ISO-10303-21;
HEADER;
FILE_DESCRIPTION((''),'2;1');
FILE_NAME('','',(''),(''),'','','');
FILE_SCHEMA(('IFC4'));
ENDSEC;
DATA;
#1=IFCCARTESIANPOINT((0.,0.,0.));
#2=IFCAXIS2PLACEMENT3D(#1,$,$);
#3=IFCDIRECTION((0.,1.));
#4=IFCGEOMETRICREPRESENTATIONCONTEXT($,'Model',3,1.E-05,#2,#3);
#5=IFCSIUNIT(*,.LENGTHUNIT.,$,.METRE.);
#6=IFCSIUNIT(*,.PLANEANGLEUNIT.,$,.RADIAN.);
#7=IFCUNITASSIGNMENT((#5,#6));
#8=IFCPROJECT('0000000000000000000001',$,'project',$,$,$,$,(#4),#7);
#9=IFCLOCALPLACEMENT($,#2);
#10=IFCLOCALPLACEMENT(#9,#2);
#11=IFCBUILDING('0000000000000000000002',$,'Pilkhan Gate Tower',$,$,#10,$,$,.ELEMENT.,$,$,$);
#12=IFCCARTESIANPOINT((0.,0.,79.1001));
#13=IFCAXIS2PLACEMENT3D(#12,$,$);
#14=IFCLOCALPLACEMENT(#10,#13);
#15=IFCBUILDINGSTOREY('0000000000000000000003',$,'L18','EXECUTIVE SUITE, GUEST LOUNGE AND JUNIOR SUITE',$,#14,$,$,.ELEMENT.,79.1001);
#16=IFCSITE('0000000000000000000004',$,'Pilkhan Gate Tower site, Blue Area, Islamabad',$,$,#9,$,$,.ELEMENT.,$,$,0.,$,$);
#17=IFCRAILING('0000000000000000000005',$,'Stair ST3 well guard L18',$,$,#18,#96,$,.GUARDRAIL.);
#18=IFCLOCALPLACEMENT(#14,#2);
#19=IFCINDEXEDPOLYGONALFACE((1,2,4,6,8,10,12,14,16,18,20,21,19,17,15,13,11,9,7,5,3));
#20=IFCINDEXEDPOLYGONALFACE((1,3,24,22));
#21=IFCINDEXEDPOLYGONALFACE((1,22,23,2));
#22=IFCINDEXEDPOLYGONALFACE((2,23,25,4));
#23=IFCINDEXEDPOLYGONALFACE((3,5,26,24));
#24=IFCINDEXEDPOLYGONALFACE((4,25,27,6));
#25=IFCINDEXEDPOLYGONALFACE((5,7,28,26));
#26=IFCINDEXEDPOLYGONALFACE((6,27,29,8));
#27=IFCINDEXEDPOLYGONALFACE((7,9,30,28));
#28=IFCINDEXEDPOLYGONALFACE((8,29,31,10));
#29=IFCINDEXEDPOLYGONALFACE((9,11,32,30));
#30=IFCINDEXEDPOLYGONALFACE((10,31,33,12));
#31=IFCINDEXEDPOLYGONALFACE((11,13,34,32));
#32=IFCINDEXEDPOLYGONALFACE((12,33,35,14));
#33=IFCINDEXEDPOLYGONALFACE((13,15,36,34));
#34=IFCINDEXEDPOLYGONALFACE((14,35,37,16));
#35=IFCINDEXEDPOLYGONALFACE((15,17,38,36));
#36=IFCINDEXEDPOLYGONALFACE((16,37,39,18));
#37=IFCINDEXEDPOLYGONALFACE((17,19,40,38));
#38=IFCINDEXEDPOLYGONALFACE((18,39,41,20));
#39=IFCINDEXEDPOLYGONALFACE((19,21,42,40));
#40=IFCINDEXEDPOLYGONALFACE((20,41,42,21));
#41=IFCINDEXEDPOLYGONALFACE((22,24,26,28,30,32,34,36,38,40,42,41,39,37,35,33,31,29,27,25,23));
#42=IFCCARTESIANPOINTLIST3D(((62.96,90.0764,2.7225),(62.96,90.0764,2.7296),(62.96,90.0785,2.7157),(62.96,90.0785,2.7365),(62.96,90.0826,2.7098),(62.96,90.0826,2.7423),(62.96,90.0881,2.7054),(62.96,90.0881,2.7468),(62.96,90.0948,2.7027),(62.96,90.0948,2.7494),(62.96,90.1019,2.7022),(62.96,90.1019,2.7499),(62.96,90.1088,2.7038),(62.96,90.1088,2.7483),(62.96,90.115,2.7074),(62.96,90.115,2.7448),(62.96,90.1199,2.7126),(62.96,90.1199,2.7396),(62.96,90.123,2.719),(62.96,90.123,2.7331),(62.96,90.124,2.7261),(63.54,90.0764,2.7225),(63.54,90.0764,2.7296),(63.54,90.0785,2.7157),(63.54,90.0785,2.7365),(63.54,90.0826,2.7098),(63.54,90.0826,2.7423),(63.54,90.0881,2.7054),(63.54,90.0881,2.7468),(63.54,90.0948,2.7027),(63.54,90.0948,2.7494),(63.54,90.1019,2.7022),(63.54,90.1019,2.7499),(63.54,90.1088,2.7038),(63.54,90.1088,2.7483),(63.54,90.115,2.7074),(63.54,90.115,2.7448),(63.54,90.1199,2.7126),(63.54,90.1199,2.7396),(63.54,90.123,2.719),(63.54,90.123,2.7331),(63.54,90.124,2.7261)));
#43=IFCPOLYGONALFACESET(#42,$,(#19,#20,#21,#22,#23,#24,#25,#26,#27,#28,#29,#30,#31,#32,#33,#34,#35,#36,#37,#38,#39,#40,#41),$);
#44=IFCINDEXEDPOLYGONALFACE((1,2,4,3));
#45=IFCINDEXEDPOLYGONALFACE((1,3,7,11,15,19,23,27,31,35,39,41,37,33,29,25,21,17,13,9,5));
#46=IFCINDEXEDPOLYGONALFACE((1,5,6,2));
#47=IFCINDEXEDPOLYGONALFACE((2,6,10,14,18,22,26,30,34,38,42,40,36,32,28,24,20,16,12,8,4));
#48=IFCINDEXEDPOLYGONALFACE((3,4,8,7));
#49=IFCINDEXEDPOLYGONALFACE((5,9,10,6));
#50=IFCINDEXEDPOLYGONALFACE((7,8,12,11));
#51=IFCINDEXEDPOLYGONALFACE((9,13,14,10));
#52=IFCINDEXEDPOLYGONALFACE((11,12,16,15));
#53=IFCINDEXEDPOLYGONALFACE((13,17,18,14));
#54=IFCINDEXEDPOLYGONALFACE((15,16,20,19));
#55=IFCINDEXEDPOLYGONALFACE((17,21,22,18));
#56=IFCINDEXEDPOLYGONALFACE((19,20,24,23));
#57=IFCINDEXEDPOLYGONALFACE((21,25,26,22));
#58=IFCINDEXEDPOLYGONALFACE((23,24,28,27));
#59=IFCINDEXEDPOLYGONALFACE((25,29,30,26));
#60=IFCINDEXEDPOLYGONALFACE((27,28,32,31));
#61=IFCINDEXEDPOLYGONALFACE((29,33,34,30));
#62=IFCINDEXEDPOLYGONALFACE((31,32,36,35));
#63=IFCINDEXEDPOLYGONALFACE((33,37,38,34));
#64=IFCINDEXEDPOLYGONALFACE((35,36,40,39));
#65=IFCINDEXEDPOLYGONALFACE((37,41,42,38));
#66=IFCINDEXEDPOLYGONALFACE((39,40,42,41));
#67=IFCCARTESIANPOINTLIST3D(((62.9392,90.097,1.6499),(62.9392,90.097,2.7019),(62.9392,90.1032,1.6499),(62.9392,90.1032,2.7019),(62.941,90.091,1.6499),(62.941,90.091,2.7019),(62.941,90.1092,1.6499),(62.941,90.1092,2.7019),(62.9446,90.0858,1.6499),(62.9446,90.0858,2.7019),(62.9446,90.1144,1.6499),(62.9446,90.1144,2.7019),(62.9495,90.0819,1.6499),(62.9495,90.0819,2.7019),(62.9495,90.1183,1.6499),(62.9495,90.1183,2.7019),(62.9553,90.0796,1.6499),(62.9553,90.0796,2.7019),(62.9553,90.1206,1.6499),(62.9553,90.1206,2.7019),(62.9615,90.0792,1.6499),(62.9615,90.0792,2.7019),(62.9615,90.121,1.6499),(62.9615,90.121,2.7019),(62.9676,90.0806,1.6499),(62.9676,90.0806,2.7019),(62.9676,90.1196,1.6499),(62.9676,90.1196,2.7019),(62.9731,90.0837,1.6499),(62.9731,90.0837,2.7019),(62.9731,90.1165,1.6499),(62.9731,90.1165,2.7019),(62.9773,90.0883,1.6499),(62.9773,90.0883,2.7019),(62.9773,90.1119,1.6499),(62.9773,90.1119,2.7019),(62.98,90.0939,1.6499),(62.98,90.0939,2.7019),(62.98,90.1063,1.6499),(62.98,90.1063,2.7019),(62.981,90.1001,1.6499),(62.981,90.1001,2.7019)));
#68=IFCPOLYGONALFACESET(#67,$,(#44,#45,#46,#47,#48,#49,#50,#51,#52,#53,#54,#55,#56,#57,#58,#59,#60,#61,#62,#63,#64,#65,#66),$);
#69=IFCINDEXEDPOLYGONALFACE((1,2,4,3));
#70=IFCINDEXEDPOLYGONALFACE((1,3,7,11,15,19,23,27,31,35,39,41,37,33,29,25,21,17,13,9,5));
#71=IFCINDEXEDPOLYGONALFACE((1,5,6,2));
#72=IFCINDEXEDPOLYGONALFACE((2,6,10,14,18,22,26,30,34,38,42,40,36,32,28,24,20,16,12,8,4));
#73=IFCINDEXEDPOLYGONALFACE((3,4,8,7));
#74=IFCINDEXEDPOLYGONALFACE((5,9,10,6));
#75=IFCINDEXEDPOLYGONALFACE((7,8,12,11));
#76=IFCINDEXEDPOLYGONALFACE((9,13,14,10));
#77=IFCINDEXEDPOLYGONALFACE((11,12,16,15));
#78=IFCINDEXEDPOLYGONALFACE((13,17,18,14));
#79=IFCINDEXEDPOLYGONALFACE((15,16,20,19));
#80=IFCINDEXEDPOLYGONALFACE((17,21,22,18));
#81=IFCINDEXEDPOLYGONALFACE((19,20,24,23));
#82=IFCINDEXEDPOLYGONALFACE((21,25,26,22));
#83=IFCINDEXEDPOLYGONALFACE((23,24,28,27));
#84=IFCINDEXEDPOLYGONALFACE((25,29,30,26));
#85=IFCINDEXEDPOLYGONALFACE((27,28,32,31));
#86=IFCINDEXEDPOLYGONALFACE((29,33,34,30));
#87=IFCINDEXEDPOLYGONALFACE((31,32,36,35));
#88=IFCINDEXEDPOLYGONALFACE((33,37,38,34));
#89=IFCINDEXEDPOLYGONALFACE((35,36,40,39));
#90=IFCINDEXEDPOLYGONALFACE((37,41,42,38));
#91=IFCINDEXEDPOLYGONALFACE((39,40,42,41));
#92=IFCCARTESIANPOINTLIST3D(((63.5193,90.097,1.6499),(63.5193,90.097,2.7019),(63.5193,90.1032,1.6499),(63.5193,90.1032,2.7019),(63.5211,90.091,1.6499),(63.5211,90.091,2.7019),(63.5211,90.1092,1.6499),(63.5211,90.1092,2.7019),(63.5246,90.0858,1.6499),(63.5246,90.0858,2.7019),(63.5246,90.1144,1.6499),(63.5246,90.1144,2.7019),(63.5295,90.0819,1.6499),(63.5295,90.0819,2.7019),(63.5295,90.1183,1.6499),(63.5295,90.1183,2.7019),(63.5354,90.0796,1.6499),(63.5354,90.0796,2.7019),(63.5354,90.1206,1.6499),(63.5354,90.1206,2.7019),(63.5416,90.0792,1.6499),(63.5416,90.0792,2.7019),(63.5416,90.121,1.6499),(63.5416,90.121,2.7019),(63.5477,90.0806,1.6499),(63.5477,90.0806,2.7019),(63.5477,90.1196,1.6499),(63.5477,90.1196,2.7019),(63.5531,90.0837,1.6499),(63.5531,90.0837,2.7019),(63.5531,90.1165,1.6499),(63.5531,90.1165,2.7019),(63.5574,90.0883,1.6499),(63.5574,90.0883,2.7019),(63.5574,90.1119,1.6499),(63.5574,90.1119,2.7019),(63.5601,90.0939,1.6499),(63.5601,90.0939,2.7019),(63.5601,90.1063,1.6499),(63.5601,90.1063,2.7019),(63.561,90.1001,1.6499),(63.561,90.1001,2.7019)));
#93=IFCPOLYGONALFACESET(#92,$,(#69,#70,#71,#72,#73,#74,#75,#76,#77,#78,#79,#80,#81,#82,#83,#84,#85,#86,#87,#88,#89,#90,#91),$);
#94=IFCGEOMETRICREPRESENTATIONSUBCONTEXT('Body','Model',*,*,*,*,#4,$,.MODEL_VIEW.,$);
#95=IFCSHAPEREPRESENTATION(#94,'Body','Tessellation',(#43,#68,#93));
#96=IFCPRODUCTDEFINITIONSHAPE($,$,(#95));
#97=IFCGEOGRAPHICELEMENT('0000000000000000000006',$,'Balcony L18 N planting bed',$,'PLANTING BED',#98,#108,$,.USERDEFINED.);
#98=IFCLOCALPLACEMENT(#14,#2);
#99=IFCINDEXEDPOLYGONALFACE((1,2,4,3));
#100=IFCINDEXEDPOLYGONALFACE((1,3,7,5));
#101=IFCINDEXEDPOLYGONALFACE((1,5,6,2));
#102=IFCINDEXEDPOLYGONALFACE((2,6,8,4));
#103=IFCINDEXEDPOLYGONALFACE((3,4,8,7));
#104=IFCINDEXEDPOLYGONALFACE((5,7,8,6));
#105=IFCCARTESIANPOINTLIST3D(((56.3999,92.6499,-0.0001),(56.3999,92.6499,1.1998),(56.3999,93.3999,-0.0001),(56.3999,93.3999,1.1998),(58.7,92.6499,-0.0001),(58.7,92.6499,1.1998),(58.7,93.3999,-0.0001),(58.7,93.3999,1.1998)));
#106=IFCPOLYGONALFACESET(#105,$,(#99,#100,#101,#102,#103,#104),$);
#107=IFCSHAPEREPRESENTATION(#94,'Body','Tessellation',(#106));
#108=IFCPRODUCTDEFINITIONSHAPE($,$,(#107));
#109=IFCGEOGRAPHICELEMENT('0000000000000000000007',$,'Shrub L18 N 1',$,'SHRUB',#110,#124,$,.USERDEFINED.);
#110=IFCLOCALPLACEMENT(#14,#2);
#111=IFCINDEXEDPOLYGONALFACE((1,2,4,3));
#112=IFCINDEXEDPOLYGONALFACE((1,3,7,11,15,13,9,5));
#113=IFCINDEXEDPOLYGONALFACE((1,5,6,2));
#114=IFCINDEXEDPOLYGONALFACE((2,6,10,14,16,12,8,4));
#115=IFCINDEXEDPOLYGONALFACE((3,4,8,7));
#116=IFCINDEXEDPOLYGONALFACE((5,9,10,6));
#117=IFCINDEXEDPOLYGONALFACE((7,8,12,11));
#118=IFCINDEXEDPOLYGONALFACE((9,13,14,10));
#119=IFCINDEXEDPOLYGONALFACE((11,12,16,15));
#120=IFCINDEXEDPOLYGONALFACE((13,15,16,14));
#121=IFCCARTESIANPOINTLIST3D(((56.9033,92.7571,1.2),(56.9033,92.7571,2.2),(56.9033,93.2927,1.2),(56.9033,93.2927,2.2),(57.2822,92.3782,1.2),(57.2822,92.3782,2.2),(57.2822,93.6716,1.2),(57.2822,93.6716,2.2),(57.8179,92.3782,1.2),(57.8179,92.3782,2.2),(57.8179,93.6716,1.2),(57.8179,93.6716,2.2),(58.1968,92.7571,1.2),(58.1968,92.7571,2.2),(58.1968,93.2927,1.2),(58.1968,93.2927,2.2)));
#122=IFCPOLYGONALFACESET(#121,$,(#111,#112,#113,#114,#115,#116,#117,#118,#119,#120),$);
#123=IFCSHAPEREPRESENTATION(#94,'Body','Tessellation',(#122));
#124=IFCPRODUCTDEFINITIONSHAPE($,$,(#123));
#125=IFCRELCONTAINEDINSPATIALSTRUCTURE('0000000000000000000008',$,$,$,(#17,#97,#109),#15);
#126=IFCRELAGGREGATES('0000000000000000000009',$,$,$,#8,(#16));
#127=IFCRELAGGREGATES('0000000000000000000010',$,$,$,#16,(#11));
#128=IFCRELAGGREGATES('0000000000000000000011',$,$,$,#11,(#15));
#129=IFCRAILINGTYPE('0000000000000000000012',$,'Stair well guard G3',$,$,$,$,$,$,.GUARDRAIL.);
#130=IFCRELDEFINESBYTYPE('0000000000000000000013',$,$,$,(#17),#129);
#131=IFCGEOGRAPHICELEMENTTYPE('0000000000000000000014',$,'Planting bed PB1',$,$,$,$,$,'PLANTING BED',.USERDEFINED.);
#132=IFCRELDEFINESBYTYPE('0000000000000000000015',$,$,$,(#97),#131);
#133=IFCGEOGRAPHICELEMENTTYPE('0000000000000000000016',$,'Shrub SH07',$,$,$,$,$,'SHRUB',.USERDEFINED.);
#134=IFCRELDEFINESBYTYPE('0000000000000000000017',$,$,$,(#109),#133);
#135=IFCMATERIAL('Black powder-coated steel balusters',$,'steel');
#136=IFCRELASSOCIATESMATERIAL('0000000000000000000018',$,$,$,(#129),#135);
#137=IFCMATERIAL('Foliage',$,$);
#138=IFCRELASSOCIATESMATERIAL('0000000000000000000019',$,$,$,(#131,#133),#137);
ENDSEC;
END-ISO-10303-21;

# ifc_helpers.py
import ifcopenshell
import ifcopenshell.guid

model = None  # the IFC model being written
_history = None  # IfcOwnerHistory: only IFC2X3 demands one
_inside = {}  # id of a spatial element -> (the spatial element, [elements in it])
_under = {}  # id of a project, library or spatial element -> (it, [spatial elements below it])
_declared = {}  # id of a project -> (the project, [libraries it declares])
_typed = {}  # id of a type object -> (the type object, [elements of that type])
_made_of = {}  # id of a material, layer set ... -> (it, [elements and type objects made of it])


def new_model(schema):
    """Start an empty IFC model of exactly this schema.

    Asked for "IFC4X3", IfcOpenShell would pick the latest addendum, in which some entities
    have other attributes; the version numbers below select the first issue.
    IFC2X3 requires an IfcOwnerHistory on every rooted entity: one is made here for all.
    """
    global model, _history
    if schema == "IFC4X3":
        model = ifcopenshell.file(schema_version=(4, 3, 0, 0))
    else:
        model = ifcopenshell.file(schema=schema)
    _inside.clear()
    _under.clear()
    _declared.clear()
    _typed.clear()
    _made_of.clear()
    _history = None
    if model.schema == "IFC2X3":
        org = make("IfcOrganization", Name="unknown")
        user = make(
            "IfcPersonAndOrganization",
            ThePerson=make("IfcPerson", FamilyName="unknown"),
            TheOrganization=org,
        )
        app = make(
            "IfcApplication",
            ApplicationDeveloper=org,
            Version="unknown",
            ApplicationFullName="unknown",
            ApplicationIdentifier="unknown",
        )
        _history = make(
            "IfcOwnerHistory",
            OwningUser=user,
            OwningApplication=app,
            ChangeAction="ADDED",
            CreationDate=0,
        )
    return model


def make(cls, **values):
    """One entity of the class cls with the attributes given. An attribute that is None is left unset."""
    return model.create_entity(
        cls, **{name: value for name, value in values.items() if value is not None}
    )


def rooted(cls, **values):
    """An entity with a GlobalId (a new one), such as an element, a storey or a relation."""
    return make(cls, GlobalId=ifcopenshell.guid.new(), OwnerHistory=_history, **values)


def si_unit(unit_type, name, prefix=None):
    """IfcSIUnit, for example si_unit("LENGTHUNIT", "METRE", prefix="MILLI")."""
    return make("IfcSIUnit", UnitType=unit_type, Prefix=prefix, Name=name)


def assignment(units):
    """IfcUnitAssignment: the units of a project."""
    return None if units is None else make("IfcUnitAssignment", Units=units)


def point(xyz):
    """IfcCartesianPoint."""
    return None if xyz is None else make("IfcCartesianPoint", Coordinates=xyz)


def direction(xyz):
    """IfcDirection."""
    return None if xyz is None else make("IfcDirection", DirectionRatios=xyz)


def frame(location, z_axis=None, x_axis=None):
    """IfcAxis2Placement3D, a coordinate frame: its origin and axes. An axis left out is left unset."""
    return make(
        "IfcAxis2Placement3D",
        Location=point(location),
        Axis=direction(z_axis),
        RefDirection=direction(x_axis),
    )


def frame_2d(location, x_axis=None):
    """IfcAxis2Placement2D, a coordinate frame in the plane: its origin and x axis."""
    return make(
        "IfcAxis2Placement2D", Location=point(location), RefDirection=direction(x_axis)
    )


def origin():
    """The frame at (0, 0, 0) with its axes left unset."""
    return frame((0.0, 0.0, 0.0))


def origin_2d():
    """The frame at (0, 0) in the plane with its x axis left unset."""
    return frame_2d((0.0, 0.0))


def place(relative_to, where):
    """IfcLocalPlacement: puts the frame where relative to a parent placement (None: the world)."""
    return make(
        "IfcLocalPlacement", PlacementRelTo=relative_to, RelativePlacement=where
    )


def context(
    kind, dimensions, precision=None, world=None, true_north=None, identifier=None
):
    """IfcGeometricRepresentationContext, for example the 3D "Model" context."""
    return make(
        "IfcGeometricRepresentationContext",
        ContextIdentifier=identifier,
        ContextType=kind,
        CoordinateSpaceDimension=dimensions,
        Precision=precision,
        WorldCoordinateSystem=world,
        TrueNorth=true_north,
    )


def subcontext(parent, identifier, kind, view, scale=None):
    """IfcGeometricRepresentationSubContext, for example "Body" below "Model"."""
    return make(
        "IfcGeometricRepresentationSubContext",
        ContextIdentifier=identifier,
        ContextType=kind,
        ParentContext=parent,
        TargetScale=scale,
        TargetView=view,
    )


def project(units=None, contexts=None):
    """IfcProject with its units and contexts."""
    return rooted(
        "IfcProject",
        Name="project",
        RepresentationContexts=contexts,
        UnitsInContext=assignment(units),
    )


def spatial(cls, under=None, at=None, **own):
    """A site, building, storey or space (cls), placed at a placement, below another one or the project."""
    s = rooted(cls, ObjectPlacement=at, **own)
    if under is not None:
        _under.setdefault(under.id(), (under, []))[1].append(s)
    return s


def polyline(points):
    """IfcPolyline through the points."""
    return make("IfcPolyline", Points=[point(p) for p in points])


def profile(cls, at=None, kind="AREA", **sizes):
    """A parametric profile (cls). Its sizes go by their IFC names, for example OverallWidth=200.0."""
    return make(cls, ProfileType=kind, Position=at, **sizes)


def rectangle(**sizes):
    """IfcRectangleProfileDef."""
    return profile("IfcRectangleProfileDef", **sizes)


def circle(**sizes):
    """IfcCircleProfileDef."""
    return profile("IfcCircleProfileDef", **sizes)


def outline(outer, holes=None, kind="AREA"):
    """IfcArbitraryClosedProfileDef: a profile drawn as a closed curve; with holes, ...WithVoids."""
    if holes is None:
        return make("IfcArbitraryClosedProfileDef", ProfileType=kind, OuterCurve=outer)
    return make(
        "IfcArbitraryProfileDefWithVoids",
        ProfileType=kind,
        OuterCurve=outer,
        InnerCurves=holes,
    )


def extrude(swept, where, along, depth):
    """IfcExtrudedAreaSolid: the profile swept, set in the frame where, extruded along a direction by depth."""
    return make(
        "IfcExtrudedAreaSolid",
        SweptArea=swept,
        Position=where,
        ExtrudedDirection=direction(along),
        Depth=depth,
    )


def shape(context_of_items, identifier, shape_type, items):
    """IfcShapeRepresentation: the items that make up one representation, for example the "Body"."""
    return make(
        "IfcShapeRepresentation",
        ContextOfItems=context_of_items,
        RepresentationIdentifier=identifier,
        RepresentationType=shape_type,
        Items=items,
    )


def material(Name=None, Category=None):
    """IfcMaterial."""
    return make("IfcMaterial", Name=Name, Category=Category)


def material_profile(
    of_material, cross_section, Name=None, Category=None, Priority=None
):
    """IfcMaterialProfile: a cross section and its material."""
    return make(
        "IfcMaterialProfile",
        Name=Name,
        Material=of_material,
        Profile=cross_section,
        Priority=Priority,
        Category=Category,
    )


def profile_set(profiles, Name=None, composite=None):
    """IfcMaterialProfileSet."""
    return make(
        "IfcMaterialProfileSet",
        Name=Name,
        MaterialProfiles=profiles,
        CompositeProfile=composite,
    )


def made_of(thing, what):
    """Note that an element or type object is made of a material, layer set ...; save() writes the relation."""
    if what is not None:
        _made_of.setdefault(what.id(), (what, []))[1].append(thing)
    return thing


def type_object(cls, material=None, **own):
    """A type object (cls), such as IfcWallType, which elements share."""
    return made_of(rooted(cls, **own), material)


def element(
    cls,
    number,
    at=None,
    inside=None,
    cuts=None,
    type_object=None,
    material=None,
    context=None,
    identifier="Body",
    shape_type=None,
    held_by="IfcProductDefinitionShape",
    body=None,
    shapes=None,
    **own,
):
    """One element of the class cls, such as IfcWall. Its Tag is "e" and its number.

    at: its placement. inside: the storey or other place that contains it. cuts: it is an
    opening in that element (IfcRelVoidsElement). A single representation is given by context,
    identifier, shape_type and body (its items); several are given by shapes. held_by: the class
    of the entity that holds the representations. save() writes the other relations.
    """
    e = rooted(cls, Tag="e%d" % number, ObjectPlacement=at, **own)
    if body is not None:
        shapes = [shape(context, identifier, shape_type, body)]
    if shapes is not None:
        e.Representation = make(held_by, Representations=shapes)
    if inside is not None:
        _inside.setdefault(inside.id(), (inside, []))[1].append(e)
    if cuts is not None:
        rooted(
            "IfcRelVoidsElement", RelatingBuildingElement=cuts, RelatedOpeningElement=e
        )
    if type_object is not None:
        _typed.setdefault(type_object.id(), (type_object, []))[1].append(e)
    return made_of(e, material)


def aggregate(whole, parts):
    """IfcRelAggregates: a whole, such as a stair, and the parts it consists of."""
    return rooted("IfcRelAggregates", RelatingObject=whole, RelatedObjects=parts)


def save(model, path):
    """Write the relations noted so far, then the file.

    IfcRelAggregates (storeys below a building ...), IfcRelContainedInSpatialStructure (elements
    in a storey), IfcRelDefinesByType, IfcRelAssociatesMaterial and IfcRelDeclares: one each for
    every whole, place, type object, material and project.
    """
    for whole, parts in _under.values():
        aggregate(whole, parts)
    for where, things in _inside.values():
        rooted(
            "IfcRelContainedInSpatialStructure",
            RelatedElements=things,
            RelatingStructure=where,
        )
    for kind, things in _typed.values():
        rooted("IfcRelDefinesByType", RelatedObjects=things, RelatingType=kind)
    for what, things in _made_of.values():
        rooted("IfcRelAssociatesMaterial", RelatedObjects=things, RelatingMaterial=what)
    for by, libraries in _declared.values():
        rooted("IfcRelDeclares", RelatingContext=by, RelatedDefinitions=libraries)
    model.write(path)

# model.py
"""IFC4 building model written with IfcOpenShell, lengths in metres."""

from ifc_helpers import new_model, si_unit, direction, frame, origin, origin_2d, place, context, subcontext, project, spatial, polyline, rectangle, circle, outline, extrude, material, material_profile, profile_set, type_object, element, save


model = new_model("IFC4")

# Units and contexts
model_context = context("Model", 3, precision=1e-05, world=origin(), true_north=direction((0.0, 1.0)))
body_context = subcontext(model_context, "Body", "Model", "MODEL_VIEW")
ifc_project = project(units=[si_unit("LENGTHUNIT", "METRE"), si_unit("PLANEANGLEUNIT", "RADIAN")], contexts=[model_context])

# Site, building, storey
site_placement = place(None, origin())
site = spatial("IfcSite", under=ifc_project, at=site_placement, Name="Pilkhan Gate Tower site, Blue Area, Islamabad", CompositionType="ELEMENT", RefElevation=0.0)
building_placement = place(site_placement, origin())
building = spatial("IfcBuilding", under=site, at=building_placement, Name="Pilkhan Gate Tower", CompositionType="ELEMENT")
storey_placement = place(building_placement, frame((0.0, 0.0, 79.1001)))
storey = spatial("IfcBuildingStorey", under=building, at=storey_placement, Name="L18", Description="EXECUTIVE SUITE, GUEST LOUNGE AND JUNIOR SUITE", CompositionType="ELEMENT", Elevation=79.1001)

# Railing
ifc_material_1 = material(Name="Black powder-coated steel balusters", Category="steel")
railing_type_1 = type_object("IfcRailingType", Name="Stair well guard G3", PredefinedType="GUARDRAIL", material=ifc_material_1)
railing_1_placement = place(storey_placement, frame((62.96, 90.1001, 1.6499)))
element("IfcRailing", 1, at=railing_1_placement, inside=storey, type_object=railing_type_1, Name="Stair ST3 well guard L18", PredefinedType="GUARDRAIL", context=body_context, shape_type="SweptSolid", body=[
    extrude(circle(Radius=0.0239, at=origin_2d()), frame((0.0, 0.0, 1.0762), z_axis=(1.0, 0.0, 0.0), x_axis=(0.0, 1.0, 0.0)), (0.0, 0.0, 1.0), 0.5801),
    extrude(circle(Radius=0.021, at=origin_2d()), origin(), (0.0, 0.0, 1.0), 1.052),
    extrude(circle(Radius=0.021, at=origin_2d()), frame((0.5801, 0.0, 0.0)), (0.0, 0.0, 1.0), 1.052),
])

# Geographic elements
ifc_material_2 = material(Name="Foliage")
ifc_material_profile_1 = material_profile(ifc_material_2, rectangle(XDim=0.75, YDim=1.2, at=origin_2d()), Name="Bed 750x1200")
ifc_profile_set_1 = profile_set([ifc_material_profile_1], Name="Foliage")
geographic_element_type_1 = type_object("IfcGeographicElementType", Name="Planting bed PB1", ElementType="PLANTING BED", PredefinedType="USERDEFINED", material=ifc_profile_set_1)
geographic_element_1_placement = place(storey_placement, frame((56.3999, 93.0249, 0.5999), z_axis=(1.0, 0.0, 0.0), x_axis=(0.0, 1.0, 0.0)))
element("IfcGeographicElement", 2, at=geographic_element_1_placement, inside=storey, type_object=geographic_element_type_1, Name="Balcony L18 N planting bed", ObjectType="PLANTING BED", PredefinedType="USERDEFINED", context=body_context, shape_type="SweptSolid", body=[
    extrude(rectangle(XDim=0.75, YDim=1.2, at=origin_2d()), origin(), (0.0, 0.0, 1.0), 2.3),
])
ifc_material_profile_2 = material_profile(ifc_material_2, outline(polyline([(0.6467, 0.2678), (0.2678, 0.6467), (-0.2678, 0.6467), (-0.6467, 0.2678), (-0.6467, -0.2678), (-0.2678, -0.6467), (0.2678, -0.6467), (0.6467, -0.2678), (0.6467, 0.2678)])), Name="Shrub D1.4")
ifc_profile_set_2 = profile_set([ifc_material_profile_2], Name="Foliage")
geographic_element_type_2 = type_object("IfcGeographicElementType", Name="Shrub SH07", ElementType="SHRUB", PredefinedType="USERDEFINED", material=ifc_profile_set_2)
geographic_element_2_placement = place(storey_placement, frame((57.55, 93.0249, 1.2), z_axis=(0.0, 0.0, 1.0), x_axis=(1.0, 0.0, 0.0)))
element("IfcGeographicElement", 3, at=geographic_element_2_placement, inside=storey, type_object=geographic_element_type_2, Name="Shrub L18 N 1", ObjectType="SHRUB", PredefinedType="USERDEFINED", context=body_context, shape_type="SweptSolid", body=[
    extrude(outline(polyline([(0.6467, 0.2678), (0.2678, 0.6467), (-0.2678, 0.6467), (-0.6467, 0.2678), (-0.6467, -0.2678), (-0.2678, -0.6467), (0.2678, -0.6467), (0.6467, -0.2678), (0.6467, 0.2678)])), origin(), (0.0, 0.0, 1.0), 1.0),
])

save(model, "model.ifc")
